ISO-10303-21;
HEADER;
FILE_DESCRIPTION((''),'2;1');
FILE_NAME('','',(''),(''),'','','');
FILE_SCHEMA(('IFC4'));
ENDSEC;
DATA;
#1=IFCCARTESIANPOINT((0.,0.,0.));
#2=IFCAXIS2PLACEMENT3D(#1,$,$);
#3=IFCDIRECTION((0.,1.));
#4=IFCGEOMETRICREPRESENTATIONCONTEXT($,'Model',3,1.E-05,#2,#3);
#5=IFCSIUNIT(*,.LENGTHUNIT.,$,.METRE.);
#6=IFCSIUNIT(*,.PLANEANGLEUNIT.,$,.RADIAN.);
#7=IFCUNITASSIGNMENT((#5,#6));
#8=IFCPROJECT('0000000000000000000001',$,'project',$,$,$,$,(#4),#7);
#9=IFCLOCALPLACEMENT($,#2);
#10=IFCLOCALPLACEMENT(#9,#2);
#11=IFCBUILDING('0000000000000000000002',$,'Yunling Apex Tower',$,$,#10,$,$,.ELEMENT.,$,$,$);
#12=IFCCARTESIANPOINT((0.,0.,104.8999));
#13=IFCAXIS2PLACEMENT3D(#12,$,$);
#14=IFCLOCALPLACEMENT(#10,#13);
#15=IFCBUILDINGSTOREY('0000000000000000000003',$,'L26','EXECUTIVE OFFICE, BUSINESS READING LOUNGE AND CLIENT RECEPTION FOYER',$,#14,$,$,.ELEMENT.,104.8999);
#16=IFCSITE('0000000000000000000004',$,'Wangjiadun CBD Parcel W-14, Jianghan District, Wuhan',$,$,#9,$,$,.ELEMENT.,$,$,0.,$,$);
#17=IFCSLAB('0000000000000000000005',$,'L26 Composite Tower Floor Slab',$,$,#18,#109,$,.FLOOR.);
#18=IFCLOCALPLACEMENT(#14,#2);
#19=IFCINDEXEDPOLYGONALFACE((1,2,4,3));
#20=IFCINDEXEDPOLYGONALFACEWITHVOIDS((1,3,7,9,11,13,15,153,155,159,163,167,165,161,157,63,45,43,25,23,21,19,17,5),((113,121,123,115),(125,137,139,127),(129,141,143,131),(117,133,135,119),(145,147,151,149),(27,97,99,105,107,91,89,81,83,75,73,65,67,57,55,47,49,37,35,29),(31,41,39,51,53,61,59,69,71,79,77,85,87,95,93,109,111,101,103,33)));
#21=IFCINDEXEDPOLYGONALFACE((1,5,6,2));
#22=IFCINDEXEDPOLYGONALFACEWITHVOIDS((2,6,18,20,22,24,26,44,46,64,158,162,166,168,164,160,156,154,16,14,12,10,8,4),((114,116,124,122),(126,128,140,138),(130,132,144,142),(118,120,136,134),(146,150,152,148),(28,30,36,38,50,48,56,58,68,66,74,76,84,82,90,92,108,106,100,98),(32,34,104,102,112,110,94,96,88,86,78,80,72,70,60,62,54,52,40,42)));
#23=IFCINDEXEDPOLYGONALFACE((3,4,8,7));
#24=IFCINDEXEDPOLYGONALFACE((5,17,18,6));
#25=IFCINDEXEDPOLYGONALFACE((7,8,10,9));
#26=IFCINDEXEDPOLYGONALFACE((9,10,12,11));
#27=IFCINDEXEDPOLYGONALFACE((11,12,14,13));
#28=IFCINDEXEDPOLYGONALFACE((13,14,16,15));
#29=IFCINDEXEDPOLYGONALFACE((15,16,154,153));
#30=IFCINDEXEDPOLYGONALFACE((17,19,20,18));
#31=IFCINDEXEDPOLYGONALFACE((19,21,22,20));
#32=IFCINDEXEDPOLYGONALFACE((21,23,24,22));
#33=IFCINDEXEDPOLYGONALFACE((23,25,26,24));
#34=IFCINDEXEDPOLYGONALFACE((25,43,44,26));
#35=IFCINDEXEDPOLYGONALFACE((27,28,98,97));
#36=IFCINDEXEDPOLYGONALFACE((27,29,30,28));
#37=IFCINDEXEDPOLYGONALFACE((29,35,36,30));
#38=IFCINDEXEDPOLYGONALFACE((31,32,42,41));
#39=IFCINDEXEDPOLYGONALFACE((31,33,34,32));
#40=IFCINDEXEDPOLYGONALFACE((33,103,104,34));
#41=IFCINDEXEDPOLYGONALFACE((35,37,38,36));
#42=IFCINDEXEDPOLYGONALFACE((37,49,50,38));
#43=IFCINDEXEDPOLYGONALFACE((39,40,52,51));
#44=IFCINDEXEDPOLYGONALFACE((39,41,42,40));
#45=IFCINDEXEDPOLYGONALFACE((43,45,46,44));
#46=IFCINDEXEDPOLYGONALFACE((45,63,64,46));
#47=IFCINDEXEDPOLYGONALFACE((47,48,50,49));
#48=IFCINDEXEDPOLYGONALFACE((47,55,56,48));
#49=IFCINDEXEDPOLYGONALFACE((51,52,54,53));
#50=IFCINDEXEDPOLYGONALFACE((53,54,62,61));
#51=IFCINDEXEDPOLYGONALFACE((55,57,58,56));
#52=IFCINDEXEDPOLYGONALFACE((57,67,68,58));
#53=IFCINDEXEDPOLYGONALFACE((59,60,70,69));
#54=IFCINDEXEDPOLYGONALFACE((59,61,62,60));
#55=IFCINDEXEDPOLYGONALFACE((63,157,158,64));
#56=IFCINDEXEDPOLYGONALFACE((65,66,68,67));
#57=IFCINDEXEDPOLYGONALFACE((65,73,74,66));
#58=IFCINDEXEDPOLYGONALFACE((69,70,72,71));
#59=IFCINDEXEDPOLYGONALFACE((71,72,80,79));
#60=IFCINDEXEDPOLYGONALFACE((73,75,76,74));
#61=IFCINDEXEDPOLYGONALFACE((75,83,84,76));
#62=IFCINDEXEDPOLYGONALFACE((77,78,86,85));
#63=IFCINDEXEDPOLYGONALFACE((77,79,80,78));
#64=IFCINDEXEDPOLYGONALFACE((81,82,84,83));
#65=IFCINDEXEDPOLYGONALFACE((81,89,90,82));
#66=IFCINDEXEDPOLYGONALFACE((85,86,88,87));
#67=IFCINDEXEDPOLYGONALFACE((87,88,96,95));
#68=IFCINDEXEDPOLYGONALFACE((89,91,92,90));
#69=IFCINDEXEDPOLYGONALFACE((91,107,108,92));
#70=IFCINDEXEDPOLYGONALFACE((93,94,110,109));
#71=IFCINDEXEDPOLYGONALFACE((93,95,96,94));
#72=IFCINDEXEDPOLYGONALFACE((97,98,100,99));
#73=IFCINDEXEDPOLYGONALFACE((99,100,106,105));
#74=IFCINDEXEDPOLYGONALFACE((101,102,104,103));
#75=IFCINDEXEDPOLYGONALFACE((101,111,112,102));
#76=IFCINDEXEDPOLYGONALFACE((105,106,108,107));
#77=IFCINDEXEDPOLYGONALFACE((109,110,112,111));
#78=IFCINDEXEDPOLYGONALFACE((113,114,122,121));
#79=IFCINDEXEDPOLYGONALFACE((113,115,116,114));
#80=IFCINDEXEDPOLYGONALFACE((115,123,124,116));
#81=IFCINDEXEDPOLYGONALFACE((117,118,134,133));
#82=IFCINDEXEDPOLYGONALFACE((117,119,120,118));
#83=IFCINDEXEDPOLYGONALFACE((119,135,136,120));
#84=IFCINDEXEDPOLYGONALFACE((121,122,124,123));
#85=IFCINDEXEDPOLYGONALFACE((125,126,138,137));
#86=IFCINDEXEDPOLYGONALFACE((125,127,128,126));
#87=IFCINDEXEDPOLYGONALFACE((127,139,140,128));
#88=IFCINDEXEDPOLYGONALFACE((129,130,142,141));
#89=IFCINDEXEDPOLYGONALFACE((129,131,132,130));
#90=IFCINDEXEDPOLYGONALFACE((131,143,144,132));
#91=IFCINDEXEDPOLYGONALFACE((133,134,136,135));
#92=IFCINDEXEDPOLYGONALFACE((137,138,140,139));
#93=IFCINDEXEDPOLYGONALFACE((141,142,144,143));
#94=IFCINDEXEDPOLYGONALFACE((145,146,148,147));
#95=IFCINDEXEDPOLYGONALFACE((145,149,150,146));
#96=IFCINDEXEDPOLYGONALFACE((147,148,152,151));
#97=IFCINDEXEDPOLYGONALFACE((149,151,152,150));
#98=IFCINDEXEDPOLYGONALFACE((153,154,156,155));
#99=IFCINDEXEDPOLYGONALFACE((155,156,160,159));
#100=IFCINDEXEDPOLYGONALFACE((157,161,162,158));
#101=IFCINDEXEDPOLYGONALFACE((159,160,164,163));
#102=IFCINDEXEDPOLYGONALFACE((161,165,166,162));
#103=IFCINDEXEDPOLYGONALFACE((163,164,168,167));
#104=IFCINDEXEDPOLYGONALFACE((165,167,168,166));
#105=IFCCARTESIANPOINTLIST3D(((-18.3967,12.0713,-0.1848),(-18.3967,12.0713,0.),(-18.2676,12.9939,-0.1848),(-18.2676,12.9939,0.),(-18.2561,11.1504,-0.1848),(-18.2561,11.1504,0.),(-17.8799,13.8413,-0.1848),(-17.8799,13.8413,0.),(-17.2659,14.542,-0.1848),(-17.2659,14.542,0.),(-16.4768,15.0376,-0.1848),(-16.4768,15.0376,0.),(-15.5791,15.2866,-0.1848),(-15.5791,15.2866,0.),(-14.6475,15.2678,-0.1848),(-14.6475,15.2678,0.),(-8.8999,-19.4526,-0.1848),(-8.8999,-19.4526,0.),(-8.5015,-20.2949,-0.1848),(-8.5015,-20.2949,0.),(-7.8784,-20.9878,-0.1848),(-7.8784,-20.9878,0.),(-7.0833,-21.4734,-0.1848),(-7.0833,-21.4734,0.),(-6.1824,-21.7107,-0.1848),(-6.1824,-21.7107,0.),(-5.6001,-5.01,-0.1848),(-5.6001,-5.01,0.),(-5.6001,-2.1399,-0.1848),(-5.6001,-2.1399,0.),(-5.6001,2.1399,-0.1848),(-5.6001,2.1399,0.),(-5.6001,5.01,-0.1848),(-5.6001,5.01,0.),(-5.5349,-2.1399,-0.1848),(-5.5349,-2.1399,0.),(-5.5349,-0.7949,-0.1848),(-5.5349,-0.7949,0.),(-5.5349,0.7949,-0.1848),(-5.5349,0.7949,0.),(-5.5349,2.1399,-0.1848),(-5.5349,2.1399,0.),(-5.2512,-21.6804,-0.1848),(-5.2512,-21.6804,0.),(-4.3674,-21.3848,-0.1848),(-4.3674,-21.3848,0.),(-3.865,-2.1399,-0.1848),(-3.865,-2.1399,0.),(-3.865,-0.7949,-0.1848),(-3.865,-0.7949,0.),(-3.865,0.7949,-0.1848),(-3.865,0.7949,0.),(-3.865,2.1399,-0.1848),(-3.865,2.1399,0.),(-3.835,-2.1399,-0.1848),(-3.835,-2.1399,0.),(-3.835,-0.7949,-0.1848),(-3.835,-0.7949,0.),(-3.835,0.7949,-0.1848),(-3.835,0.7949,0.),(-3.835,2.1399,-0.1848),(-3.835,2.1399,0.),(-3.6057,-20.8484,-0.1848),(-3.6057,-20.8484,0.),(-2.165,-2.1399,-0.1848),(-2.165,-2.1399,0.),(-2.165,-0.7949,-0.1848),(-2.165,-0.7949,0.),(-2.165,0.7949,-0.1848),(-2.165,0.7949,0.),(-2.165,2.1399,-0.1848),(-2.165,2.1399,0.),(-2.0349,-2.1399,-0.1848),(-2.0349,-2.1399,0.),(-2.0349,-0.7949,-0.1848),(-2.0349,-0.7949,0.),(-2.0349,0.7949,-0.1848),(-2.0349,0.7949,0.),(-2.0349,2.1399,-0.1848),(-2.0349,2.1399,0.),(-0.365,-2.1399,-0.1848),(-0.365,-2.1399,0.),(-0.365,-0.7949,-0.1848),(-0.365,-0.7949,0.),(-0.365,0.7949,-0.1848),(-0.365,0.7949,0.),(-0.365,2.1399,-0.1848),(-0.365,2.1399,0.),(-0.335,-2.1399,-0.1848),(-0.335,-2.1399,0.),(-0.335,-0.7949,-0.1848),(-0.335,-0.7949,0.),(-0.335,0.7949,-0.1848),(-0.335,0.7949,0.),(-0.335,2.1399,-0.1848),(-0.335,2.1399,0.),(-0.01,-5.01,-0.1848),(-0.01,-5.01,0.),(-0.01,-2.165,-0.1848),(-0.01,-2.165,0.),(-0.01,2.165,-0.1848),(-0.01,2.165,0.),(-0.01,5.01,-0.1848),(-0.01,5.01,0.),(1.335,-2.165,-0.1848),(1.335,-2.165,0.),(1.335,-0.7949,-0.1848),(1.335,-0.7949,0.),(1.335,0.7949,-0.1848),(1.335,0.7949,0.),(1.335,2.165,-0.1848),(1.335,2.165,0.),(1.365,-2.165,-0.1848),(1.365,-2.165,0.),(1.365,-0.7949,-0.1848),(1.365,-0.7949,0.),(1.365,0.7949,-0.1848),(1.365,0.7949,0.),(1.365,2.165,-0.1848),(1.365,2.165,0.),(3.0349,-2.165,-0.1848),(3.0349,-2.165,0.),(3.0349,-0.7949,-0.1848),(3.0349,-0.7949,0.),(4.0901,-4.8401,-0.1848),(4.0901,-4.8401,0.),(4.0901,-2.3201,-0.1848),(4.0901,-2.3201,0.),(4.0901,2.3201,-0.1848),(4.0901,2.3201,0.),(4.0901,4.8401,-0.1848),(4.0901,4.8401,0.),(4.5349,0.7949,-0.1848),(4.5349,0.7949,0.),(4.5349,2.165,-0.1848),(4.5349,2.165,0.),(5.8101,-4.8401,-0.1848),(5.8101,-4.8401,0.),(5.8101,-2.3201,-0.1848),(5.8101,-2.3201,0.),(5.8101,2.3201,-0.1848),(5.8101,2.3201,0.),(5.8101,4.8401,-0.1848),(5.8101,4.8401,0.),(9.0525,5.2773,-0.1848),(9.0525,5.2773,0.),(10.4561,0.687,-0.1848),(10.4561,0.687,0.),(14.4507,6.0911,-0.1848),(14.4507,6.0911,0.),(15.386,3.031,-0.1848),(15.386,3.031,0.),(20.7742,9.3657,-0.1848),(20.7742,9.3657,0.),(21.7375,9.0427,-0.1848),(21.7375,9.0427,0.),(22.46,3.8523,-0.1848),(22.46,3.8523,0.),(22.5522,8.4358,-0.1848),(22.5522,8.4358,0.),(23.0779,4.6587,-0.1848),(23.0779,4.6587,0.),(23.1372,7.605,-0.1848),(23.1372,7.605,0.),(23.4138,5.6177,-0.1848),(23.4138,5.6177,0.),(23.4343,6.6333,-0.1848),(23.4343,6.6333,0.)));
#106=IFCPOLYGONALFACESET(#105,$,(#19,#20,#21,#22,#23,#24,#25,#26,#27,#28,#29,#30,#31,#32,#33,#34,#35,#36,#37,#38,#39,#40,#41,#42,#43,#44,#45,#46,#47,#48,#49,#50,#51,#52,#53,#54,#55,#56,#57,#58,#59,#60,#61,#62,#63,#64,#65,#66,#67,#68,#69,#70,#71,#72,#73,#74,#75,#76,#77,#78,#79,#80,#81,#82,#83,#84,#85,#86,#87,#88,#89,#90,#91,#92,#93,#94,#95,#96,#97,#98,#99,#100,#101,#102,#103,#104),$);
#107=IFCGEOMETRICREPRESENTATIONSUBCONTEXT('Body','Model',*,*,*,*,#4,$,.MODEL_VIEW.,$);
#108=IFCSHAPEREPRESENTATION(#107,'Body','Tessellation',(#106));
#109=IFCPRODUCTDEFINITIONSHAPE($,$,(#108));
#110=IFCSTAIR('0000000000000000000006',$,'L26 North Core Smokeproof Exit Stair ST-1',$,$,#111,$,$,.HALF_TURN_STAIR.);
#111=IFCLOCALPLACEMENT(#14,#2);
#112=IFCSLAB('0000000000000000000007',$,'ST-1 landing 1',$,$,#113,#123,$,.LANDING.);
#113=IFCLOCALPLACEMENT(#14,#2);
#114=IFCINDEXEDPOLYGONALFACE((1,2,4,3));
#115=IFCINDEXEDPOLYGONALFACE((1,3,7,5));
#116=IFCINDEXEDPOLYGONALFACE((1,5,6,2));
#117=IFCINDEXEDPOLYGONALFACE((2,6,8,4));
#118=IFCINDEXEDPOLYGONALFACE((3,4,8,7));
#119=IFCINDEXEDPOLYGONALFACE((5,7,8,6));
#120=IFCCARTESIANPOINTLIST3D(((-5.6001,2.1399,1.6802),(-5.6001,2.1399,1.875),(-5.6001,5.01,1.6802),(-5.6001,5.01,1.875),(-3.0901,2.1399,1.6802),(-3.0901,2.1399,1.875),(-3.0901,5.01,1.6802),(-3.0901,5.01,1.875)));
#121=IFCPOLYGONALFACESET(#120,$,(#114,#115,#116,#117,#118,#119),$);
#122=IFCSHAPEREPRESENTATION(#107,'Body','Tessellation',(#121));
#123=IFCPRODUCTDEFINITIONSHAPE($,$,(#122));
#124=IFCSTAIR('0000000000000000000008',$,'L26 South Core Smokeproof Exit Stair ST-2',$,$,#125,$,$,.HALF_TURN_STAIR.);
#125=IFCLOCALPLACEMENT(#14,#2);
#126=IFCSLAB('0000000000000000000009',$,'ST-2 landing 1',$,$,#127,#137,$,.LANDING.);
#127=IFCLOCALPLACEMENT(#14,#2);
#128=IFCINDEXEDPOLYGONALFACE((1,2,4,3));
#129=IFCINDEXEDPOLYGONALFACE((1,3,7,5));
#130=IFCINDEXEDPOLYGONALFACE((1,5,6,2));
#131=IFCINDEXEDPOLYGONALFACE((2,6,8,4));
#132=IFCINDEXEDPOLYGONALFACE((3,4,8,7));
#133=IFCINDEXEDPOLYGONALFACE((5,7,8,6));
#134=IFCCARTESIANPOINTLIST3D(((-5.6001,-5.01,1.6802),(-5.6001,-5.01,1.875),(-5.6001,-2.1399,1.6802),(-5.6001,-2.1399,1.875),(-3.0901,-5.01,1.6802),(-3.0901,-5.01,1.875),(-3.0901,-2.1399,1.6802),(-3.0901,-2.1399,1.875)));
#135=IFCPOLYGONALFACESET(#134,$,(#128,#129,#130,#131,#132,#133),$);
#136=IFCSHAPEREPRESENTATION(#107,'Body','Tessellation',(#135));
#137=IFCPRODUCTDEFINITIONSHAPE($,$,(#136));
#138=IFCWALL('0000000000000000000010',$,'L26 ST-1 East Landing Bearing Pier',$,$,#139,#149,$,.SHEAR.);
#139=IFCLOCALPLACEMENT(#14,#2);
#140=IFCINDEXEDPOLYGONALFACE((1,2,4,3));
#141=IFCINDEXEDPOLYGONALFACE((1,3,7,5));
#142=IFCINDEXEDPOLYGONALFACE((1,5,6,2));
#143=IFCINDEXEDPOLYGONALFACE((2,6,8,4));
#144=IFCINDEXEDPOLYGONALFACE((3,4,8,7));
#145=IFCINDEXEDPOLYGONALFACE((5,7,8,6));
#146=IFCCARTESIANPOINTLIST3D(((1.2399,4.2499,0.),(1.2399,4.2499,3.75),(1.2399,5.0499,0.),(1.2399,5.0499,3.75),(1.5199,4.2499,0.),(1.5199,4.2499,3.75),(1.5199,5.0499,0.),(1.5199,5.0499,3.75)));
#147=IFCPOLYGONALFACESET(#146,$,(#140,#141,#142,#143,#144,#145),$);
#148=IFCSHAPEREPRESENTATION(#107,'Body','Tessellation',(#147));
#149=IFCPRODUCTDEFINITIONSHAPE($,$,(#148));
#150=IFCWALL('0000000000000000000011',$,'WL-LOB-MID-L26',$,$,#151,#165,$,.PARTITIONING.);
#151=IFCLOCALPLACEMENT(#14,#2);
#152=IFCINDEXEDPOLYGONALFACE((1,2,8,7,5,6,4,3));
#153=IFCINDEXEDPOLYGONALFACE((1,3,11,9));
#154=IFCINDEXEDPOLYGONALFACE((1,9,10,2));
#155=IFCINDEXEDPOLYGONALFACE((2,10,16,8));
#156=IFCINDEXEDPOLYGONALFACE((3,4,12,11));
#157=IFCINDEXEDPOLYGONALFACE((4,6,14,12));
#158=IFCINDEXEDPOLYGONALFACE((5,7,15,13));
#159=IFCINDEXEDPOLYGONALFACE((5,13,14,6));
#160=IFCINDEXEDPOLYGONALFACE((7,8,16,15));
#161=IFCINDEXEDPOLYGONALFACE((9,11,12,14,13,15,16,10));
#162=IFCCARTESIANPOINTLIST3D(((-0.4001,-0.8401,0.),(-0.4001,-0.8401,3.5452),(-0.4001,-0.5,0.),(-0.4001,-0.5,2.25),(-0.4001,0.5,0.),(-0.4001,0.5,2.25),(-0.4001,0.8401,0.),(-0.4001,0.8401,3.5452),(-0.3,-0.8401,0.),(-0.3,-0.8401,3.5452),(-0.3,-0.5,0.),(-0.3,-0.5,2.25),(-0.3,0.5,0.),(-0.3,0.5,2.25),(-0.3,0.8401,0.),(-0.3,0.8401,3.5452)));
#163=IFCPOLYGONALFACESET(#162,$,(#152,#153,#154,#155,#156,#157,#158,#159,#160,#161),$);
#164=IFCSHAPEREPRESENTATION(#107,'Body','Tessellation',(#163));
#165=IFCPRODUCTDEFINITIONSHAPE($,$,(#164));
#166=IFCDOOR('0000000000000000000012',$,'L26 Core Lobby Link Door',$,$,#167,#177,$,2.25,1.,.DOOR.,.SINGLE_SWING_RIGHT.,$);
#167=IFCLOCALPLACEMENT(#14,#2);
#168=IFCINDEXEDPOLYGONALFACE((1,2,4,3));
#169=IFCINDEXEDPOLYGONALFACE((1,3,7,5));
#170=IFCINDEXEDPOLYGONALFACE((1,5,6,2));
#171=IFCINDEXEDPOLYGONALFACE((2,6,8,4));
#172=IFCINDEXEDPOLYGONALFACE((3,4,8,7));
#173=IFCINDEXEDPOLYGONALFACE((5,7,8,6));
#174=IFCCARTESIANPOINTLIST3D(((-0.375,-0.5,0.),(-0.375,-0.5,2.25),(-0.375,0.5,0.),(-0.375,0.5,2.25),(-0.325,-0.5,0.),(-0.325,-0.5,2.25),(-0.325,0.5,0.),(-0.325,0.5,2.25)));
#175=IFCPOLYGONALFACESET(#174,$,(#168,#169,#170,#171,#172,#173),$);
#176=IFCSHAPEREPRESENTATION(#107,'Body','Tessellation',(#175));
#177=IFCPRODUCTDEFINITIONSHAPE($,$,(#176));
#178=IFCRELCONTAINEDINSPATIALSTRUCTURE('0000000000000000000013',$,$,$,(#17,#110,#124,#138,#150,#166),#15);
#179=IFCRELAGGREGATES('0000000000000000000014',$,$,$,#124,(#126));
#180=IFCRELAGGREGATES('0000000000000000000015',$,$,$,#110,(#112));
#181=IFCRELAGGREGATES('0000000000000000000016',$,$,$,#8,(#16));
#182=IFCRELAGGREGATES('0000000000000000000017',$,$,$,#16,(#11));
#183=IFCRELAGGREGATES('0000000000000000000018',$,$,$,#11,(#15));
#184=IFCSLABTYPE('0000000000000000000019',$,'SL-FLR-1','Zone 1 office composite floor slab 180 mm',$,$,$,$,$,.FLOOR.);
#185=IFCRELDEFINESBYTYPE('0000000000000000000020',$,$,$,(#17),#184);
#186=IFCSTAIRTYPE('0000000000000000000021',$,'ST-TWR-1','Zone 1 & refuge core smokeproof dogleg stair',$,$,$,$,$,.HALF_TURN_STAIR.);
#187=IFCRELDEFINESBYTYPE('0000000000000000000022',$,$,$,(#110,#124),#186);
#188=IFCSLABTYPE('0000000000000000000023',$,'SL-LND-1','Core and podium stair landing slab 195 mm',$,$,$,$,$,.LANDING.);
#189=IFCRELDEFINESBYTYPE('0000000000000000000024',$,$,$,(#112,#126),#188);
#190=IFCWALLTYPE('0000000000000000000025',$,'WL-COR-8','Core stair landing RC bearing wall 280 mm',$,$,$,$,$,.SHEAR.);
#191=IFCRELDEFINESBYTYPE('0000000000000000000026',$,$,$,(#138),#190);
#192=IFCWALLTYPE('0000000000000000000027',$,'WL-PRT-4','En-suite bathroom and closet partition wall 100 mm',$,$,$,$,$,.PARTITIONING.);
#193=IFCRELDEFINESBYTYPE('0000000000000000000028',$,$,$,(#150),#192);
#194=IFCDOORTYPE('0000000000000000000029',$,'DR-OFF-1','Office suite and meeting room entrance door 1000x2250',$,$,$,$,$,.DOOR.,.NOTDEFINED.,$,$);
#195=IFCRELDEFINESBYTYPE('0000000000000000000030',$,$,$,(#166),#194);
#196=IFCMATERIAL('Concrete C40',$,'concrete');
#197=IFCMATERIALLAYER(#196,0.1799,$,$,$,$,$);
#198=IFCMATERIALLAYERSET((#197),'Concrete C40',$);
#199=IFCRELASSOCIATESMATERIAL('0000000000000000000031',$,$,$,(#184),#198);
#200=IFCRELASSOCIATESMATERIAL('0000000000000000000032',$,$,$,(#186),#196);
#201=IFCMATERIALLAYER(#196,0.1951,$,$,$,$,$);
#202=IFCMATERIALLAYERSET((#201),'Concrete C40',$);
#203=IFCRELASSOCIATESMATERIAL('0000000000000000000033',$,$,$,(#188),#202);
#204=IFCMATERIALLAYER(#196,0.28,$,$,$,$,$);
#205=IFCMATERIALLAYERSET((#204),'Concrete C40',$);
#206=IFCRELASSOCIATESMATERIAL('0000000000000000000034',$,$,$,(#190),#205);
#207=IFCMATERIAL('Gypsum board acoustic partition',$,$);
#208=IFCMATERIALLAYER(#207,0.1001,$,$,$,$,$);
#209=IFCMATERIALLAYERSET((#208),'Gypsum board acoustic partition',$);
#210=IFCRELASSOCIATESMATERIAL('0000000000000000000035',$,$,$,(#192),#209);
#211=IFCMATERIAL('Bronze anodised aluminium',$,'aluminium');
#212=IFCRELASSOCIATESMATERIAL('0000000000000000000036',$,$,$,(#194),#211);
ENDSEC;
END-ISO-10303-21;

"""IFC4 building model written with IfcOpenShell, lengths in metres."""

from ifc_helpers import new_model, si_unit, direction, frame, frame_2d, origin, place, context, subcontext, project, spatial, polyline, rectangle, outline, extrude, material, layer, layer_set, type_object, element, fill, aggregate, save


model = new_model("IFC4")

# Units and contexts
model_context = context("Model", 3, precision=1e-05, world=origin(), true_north=direction((0.0, 1.0)))
body_context = subcontext(model_context, "Body", "Model", "MODEL_VIEW")
ifc_project = project(units=[si_unit("LENGTHUNIT", "METRE"), si_unit("PLANEANGLEUNIT", "RADIAN")], contexts=[model_context])

# Site, building, storey
site_placement = place(None, origin())
site = spatial("IfcSite", under=ifc_project, at=site_placement, Name="Wangjiadun CBD Parcel W-14, Jianghan District, Wuhan", CompositionType="ELEMENT", RefElevation=0.0)
building_placement = place(site_placement, origin())
building = spatial("IfcBuilding", under=site, at=building_placement, Name="Yunling Apex Tower", CompositionType="ELEMENT")
storey_placement = place(building_placement, frame((0.0, 0.0, 104.8999)))
storey = spatial("IfcBuildingStorey", under=building, at=storey_placement, Name="L26", Description="EXECUTIVE OFFICE, BUSINESS READING LOUNGE AND CLIENT RECEPTION FOYER", CompositionType="ELEMENT", Elevation=104.8999)

# Slab
ifc_material_1 = material(Name="Concrete C40", Category="concrete")
ifc_layer_1 = layer(ifc_material_1, 0.1799)
ifc_layer_set_1 = layer_set([ifc_layer_1], Name="Concrete C40")
slab_type_1 = type_object("IfcSlabType", Name="SL-FLR-1", Description="Zone 1 office composite floor slab 180 mm", PredefinedType="FLOOR", material=ifc_layer_set_1)
slab_1_placement = place(storey_placement, frame((0.0, 0.0, -0.1848)))
element("IfcSlab", 1, at=slab_1_placement, inside=storey, type_object=slab_type_1, Name="L26 Composite Tower Floor Slab", PredefinedType="FLOOR", context=body_context, shape_type="SweptSolid", body=[
    extrude(outline(polyline([(-8.8999, -19.4526), (-8.5015, -20.2949), (-7.8784, -20.9878), (-7.0833, -21.4734), (-6.1824, -21.7107), (-5.2512, -21.6804), (-4.3674, -21.3848), (-3.6057, -20.8484), (22.46, 3.8523), (23.0779, 4.6587), (23.4138, 5.6177), (23.4343, 6.6333), (23.1372, 7.605), (22.5522, 8.4358), (21.7375, 9.0427), (20.7742, 9.3657), (-14.6475, 15.2678), (-15.5791, 15.2866), (-16.4768, 15.0376), (-17.2659, 14.542), (-17.8799, 13.8413), (-18.2676, 12.9939), (-18.3967, 12.0713), (-18.2561, 11.1504), (-8.8999, -19.4526)]), holes=[polyline([(14.4507, 6.0911), (15.386, 3.031), (10.4561, 0.687), (9.0525, 5.2773), (14.4507, 6.0911)]), polyline([(5.8101, -2.3201), (5.8101, -4.8401), (4.0901, -4.8401), (4.0901, -2.3201), (5.8101, -2.3201)]), polyline([(5.8101, 4.8401), (5.8101, 2.3201), (4.0901, 2.3201), (4.0901, 4.8401), (5.8101, 4.8401)]), polyline([(4.5349, 0.7949), (1.365, 0.7949), (1.365, 2.165), (4.5349, 2.165), (4.5349, 0.7949)]), polyline([(3.0349, -0.7949), (3.0349, -2.165), (1.365, -2.165), (1.365, -0.7949), (3.0349, -0.7949)]), polyline([(-3.865, -0.7949), (-3.865, -2.1399), (-3.835, -2.1399), (-3.835, -0.7949), (-2.165, -0.7949), (-2.165, -2.1399), (-2.0349, -2.1399), (-2.0349, -0.7949), (-0.365, -0.7949), (-0.365, -2.1399), (-0.335, -2.1399), (-0.335, -0.7949), (1.335, -0.7949), (1.335, -2.165), (-0.01, -2.165), (-0.01, -5.01), (-5.6001, -5.01), (-5.6001, -2.1399), (-5.5349, -2.1399), (-5.5349, -0.7949), (-3.865, -0.7949)]), polyline([(-5.6001, 2.1399), (-5.6001, 5.01), (-0.01, 5.01), (-0.01, 2.165), (1.335, 2.165), (1.335, 0.7949), (-0.335, 0.7949), (-0.335, 2.1399), (-0.365, 2.1399), (-0.365, 0.7949), (-2.0349, 0.7949), (-2.0349, 2.1399), (-2.165, 2.1399), (-2.165, 0.7949), (-3.835, 0.7949), (-3.835, 2.1399), (-3.865, 2.1399), (-3.865, 0.7949), (-5.5349, 0.7949), (-5.5349, 2.1399), (-5.6001, 2.1399)])]), origin(), (0.0, 0.0, 1.0), 0.1848),
])

# Stairs, slabs
stair_type = type_object("IfcStairType", Name="ST-TWR-1", Description="Zone 1 & refuge core smokeproof dogleg stair", PredefinedType="HALF_TURN_STAIR", material=ifc_material_1)
stair_1_placement = place(storey_placement, origin())
stair_1 = element("IfcStair", 2, at=stair_1_placement, inside=storey, type_object=stair_type, Name="L26 North Core Smokeproof Exit Stair ST-1", PredefinedType="HALF_TURN_STAIR")
ifc_layer_2 = layer(ifc_material_1, 0.1951)
ifc_layer_set_2 = layer_set([ifc_layer_2], Name="Concrete C40")
slab_type_2 = type_object("IfcSlabType", Name="SL-LND-1", Description="Core and podium stair landing slab 195 mm", PredefinedType="LANDING", material=ifc_layer_set_2)
slab_2_placement = place(storey_placement, frame((0.0, 0.0, 1.6802)))
slab_2 = element("IfcSlab", 3, at=slab_2_placement, type_object=slab_type_2, Name="ST-1 landing 1", PredefinedType="LANDING", context=body_context, shape_type="SweptSolid", body=[
    extrude(outline(polyline([(-3.0901, 5.01), (-5.6001, 5.01), (-5.6001, 2.1399), (-3.0901, 2.1399), (-3.0901, 5.01)])), origin(), (0.0, 0.0, 1.0), 0.1948),
])
stair_2_placement = place(storey_placement, origin())
stair_2 = element("IfcStair", 4, at=stair_2_placement, inside=storey, type_object=stair_type, Name="L26 South Core Smokeproof Exit Stair ST-2", PredefinedType="HALF_TURN_STAIR")
slab_3_placement = place(storey_placement, frame((0.0, 0.0, 1.6802)))
slab_3 = element("IfcSlab", 5, at=slab_3_placement, type_object=slab_type_2, Name="ST-2 landing 1", PredefinedType="LANDING", context=body_context, shape_type="SweptSolid", body=[
    extrude(outline(polyline([(-3.0901, -2.1399), (-5.6001, -2.1399), (-5.6001, -5.01), (-3.0901, -5.01), (-3.0901, -2.1399)])), origin(), (0.0, 0.0, 1.0), 0.1948),
])
aggregate(stair_2, [slab_3])

# Wall
ifc_layer_3 = layer(ifc_material_1, 0.28)
ifc_layer_set_3 = layer_set([ifc_layer_3], Name="Concrete C40")
wall_type_1 = type_object("IfcWallType", Name="WL-COR-8", Description="Core stair landing RC bearing wall 280 mm", PredefinedType="SHEAR", material=ifc_layer_set_3)
wall_1_placement = place(storey_placement, frame((1.3799, 4.25, 0.0), z_axis=(0.0, 0.0, 1.0), x_axis=(0.0, 1.0, 0.0)))
element("IfcWall", 6, at=wall_1_placement, inside=storey, type_object=wall_type_1, Name="L26 ST-1 East Landing Bearing Pier", PredefinedType="SHEAR", context=body_context, shape_type="SweptSolid", body=[
    extrude(rectangle(XDim=0.8, YDim=0.28, at=frame_2d((0.3999, 0.0))), origin(), (0.0, 0.0, 1.0), 3.75),
])

# Wall, opening, door
ifc_material_2 = material(Name="Gypsum board acoustic partition")
ifc_layer_4 = layer(ifc_material_2, 0.1001)
ifc_layer_set_4 = layer_set([ifc_layer_4], Name="Gypsum board acoustic partition")
wall_type_2 = type_object("IfcWallType", Name="WL-PRT-4", Description="En-suite bathroom and closet partition wall 100 mm", PredefinedType="PARTITIONING", material=ifc_layer_set_4)
wall_2_placement = place(storey_placement, frame((-0.3501, -0.8401, 0.0), z_axis=(0.0, 0.0, 1.0), x_axis=(0.0, 1.0, 0.0)))
wall_2 = element("IfcWall", 7, at=wall_2_placement, inside=storey, type_object=wall_type_2, Name="WL-LOB-MID-L26", PredefinedType="PARTITIONING", context=body_context, shape_type="SweptSolid", body=[
    extrude(rectangle(XDim=1.6802, YDim=0.1001, at=frame_2d((0.8401, 0.0))), origin(), (0.0, 0.0, 1.0), 3.5452),
])
opening_1_placement = place(wall_2_placement, frame((0.3401, 0.0, 0.0)))
opening_1 = element("IfcOpeningElement", 8, at=opening_1_placement, cuts=wall_2, PredefinedType="OPENING", context=body_context, shape_type="SweptSolid", body=[
    extrude(rectangle(XDim=1.0, YDim=2.25, at=frame_2d((0.5, 1.125))), frame((0.0, 0.0601, 0.0), z_axis=(0.0, -1.0, 0.0), x_axis=(1.0, 0.0, 0.0)), (0.0, 0.0, 1.0), 0.1201),
])
ifc_material_3 = material(Name="Bronze anodised aluminium", Category="aluminium")
door_type_1 = type_object("IfcDoorType", Name="DR-OFF-1", Description="Office suite and meeting room entrance door 1000x2250", OperationType="NOTDEFINED", PredefinedType="DOOR", material=ifc_material_3)
door_1_placement = place(opening_1_placement, origin())
door_1 = element("IfcDoor", 9, at=door_1_placement, inside=storey, type_object=door_type_1, Name="L26 Core Lobby Link Door", OperationType="SINGLE_SWING_RIGHT", OverallHeight=2.25, OverallWidth=1.0, PredefinedType="DOOR", context=body_context, shape_type="SweptSolid", body=[
    extrude(rectangle(XDim=1.0, YDim=2.25, at=frame_2d((0.5, 1.125))), frame((0.0, 0.0249, 0.0), z_axis=(0.0, -1.0, 0.0), x_axis=(1.0, 0.0, 0.0)), (0.0, 0.0, 1.0), 0.05),
])
fill(opening_1, door_1)

aggregate(stair_1, [slab_2])

save(model, "model.ifc")
